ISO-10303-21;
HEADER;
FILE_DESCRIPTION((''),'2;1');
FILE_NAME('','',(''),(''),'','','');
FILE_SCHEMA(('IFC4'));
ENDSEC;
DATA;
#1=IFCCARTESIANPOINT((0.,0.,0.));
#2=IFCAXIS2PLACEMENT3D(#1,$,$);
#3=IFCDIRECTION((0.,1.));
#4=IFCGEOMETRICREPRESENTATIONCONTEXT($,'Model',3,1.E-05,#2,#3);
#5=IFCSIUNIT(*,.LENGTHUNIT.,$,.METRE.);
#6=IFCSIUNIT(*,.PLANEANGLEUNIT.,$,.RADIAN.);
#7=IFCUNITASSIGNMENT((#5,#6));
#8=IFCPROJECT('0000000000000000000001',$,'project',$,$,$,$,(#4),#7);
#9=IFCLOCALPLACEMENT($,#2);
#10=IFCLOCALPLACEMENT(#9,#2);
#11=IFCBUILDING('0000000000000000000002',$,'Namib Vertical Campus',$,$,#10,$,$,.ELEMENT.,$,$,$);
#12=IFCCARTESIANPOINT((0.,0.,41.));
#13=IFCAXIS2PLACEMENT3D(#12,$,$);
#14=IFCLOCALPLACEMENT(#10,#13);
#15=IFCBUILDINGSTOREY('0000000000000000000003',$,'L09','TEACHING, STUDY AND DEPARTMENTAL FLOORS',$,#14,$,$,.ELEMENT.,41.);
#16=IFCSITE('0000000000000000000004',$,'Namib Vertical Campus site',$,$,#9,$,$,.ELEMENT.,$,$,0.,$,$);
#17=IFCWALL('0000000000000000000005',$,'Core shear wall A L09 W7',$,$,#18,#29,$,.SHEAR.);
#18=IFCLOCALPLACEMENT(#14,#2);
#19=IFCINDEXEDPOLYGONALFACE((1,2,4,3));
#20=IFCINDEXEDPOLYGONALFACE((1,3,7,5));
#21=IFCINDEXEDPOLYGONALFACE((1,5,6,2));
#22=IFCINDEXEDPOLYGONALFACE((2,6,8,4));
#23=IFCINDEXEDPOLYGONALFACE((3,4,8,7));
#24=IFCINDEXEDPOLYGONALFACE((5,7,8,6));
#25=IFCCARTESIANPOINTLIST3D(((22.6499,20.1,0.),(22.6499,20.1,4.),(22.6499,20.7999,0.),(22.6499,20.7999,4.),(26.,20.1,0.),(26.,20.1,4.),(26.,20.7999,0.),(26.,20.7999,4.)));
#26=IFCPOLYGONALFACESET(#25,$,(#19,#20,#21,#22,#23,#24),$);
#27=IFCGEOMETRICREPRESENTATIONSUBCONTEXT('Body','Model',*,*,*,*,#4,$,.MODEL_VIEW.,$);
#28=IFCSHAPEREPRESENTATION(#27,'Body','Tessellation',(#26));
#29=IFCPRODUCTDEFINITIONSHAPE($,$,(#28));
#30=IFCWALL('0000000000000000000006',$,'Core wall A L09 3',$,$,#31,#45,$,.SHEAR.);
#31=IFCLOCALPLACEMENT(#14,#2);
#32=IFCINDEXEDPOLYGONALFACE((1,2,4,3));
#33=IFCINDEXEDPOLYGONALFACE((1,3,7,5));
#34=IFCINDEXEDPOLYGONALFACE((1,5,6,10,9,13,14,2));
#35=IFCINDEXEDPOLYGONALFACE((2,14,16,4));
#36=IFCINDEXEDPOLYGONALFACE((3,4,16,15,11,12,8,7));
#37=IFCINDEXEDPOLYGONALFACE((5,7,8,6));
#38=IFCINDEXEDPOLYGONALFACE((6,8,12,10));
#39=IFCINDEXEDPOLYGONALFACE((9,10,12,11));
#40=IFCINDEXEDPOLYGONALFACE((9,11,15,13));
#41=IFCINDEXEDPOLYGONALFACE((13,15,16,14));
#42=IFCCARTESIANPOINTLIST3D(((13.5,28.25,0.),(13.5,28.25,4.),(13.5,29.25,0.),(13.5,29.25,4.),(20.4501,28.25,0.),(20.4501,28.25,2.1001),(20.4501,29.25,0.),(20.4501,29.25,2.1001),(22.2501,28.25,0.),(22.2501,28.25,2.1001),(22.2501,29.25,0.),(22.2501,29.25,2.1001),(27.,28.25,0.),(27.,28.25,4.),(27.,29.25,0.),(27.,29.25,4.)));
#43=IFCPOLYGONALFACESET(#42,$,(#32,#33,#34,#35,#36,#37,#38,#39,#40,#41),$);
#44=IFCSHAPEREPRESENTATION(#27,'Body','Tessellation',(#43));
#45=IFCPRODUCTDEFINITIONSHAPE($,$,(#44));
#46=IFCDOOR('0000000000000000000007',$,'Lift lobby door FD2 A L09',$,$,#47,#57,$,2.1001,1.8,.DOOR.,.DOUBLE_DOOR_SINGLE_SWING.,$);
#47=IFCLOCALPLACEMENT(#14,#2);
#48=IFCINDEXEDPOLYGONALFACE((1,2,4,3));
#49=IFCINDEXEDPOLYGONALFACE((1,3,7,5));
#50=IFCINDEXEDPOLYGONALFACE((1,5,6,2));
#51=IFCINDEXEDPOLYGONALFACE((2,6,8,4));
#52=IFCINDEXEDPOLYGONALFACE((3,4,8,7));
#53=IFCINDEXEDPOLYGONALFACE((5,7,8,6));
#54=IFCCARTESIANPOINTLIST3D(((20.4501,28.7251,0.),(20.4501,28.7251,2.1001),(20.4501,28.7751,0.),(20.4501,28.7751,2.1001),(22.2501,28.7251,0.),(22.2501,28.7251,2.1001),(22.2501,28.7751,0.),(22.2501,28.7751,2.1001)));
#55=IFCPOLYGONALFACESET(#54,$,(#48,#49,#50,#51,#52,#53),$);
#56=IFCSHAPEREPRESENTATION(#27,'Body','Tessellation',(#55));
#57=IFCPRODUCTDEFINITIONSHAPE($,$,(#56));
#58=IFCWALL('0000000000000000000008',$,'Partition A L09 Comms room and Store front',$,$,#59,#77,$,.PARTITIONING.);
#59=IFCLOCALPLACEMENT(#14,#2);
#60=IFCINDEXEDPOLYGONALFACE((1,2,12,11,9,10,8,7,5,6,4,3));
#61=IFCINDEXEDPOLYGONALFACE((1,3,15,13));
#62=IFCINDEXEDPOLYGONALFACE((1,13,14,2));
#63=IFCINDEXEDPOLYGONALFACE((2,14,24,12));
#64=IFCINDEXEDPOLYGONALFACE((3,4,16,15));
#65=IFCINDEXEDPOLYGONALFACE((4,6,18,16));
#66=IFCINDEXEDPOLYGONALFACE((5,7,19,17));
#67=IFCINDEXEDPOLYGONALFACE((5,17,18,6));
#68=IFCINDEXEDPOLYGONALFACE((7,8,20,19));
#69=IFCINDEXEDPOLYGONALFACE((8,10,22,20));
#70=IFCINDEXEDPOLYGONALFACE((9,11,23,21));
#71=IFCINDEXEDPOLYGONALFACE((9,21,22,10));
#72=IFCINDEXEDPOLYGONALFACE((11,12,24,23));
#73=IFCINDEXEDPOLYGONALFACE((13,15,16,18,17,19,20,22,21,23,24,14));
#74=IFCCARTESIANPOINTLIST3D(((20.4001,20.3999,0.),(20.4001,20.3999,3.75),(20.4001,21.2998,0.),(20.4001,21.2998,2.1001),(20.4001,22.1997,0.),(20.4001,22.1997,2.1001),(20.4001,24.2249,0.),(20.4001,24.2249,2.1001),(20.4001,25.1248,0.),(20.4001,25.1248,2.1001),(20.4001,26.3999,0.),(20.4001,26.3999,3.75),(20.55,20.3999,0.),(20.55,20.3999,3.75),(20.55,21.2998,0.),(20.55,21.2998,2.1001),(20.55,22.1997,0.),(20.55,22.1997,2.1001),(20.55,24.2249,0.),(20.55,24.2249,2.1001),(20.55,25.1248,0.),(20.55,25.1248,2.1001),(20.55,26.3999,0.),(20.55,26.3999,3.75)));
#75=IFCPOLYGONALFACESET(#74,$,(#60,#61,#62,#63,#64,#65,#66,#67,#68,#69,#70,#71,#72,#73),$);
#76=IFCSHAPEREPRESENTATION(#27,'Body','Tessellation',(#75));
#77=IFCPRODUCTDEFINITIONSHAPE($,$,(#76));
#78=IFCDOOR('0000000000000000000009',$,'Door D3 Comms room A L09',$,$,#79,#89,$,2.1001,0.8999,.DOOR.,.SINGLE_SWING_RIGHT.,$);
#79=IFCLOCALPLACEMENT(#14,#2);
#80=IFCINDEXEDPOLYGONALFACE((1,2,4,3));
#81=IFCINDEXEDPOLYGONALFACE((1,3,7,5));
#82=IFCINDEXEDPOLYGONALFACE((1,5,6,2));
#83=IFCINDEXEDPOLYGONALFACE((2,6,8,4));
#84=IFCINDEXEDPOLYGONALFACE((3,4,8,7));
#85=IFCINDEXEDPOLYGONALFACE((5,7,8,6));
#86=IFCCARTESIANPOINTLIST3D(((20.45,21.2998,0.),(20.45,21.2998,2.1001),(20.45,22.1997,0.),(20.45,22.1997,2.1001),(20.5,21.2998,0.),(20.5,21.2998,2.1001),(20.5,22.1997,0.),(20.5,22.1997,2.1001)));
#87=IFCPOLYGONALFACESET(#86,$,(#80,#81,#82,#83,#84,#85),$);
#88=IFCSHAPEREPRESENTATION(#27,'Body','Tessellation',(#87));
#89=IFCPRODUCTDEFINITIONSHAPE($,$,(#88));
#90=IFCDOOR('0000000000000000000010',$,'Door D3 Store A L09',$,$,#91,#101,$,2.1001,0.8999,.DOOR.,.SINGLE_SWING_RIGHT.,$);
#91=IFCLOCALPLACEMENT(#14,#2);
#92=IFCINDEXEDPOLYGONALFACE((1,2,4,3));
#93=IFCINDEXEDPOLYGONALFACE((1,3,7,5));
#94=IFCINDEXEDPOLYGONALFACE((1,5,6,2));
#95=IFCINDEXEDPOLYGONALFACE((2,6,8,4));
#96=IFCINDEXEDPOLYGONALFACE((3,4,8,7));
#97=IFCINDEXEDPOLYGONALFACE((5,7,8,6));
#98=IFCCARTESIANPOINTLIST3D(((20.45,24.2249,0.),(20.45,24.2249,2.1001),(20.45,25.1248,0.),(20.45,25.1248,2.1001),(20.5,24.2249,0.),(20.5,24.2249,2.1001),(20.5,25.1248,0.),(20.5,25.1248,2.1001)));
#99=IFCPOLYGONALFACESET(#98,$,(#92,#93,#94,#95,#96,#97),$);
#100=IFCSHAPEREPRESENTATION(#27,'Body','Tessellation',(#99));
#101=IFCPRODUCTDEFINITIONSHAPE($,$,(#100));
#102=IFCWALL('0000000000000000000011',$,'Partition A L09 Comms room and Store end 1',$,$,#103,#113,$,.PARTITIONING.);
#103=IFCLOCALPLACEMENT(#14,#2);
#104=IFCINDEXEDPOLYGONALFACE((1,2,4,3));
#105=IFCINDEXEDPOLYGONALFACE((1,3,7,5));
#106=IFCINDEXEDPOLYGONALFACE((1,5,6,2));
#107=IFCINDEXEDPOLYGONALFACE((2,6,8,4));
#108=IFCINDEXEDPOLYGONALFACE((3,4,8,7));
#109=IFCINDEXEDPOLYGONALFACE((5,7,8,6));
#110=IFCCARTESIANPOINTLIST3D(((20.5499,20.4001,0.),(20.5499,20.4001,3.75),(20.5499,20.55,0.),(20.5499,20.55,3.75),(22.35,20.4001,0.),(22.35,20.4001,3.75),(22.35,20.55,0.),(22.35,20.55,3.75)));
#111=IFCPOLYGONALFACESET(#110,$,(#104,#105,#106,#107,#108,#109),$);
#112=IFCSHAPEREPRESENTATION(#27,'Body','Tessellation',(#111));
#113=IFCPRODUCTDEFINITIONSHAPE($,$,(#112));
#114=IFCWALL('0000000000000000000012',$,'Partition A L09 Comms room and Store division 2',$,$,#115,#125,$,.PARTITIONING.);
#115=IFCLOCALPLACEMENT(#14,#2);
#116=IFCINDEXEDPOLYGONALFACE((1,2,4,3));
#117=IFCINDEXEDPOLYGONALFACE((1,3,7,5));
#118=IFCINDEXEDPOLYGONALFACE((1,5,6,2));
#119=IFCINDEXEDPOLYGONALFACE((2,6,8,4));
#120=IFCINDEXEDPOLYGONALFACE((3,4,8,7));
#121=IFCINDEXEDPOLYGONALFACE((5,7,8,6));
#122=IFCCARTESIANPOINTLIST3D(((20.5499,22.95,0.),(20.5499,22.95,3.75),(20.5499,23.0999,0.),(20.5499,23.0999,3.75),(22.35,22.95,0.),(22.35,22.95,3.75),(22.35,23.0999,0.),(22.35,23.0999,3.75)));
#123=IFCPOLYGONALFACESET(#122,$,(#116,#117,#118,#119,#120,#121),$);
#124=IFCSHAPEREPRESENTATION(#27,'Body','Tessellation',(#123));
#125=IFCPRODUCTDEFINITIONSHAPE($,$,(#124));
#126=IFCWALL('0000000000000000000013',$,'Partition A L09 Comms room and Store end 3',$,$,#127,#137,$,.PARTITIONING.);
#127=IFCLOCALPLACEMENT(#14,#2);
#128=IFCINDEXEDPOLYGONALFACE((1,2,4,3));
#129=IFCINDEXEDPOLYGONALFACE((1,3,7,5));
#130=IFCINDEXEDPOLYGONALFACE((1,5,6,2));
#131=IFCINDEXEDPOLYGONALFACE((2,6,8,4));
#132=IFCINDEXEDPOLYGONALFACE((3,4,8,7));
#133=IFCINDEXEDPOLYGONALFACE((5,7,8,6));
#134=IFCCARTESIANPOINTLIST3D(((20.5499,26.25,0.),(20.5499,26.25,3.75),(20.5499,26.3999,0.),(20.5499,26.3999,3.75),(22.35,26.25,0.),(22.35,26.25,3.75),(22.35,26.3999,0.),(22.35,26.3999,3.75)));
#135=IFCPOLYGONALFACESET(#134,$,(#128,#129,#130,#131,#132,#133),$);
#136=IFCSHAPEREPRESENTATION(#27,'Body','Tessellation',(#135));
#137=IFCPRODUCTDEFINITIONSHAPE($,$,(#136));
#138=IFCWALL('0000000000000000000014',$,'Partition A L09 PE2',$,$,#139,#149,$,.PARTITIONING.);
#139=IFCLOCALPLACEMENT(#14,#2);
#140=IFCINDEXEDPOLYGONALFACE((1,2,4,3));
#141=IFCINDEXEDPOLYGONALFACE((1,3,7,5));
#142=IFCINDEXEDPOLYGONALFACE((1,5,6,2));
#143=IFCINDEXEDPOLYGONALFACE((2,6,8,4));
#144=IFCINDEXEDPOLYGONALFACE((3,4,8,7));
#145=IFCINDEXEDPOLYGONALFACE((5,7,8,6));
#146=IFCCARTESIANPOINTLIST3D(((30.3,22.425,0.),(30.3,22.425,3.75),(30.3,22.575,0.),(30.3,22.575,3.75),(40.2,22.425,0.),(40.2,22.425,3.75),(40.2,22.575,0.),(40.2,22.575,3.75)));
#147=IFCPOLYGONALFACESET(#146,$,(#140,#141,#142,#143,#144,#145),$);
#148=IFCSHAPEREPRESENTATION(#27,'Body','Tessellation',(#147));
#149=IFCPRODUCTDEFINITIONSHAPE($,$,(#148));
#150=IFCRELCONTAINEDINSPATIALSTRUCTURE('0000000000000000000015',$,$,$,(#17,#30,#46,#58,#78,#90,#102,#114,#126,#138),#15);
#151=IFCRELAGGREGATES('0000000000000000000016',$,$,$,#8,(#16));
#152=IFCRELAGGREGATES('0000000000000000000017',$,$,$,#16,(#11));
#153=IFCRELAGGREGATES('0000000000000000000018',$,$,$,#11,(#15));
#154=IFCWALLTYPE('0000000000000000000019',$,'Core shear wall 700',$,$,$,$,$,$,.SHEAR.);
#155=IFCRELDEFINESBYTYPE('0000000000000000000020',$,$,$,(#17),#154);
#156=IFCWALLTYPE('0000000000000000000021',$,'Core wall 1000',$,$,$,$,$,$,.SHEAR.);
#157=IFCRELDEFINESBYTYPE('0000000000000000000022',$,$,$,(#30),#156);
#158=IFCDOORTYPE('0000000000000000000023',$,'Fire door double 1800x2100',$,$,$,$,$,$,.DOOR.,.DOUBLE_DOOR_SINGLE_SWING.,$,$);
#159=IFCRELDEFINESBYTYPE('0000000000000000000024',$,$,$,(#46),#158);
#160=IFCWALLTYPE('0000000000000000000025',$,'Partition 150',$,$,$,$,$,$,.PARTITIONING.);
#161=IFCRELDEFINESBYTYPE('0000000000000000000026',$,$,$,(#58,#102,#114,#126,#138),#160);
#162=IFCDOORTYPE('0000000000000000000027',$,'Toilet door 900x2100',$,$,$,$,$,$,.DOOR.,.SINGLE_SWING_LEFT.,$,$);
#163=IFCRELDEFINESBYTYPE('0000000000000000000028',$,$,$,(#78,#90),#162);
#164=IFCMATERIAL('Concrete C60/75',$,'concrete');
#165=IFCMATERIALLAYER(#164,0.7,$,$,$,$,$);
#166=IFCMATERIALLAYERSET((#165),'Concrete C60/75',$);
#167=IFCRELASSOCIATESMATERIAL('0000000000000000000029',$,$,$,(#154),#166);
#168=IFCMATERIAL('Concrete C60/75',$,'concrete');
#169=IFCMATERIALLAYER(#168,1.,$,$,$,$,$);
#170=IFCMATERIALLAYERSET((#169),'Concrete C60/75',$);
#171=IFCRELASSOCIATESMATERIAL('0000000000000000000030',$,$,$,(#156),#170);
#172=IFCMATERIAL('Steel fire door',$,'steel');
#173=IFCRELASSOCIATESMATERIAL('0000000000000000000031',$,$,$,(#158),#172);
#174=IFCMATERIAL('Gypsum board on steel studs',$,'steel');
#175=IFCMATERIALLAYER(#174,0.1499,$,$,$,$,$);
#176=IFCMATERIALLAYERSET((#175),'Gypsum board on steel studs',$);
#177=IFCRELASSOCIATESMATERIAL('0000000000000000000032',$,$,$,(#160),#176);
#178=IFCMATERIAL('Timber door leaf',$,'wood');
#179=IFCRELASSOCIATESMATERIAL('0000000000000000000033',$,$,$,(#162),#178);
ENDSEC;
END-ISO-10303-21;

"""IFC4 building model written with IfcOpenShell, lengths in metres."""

from ifc_helpers import new_model, si_unit, direction, frame, frame_2d, origin, place, context, subcontext, project, spatial, rectangle, extrude, material, layer, layer_set, type_object, element, fill, save


model = new_model("IFC4")

# Units and contexts
model_context = context("Model", 3, precision=1e-05, world=origin(), true_north=direction((0.0, 1.0)))
body_context = subcontext(model_context, "Body", "Model", "MODEL_VIEW")
ifc_project = project(units=[si_unit("LENGTHUNIT", "METRE"), si_unit("PLANEANGLEUNIT", "RADIAN")], contexts=[model_context])

# Site, building, storey
site_placement = place(None, origin())
site = spatial("IfcSite", under=ifc_project, at=site_placement, Name="Namib Vertical Campus site", CompositionType="ELEMENT", RefElevation=0.0)
building_placement = place(site_placement, origin())
building = spatial("IfcBuilding", under=site, at=building_placement, Name="Namib Vertical Campus", CompositionType="ELEMENT")
storey_placement = place(building_placement, frame((0.0, 0.0, 41.0)))
storey = spatial("IfcBuildingStorey", under=building, at=storey_placement, Name="L09", Description="TEACHING, STUDY AND DEPARTMENTAL FLOORS", CompositionType="ELEMENT", Elevation=41.0)

# Wall
ifc_material_1 = material(Name="Concrete C60/75", Category="concrete")
ifc_layer_1 = layer(ifc_material_1, 0.7)
ifc_layer_set_1 = layer_set([ifc_layer_1], Name="Concrete C60/75")
wall_type_1 = type_object("IfcWallType", Name="Core shear wall 700", PredefinedType="SHEAR", material=ifc_layer_set_1)
wall_1_placement = place(storey_placement, frame((22.6499, 20.45, 0.0), z_axis=(0.0, 0.0, 1.0), x_axis=(1.0, 0.0, 0.0)))
element("IfcWall", 1, at=wall_1_placement, inside=storey, type_object=wall_type_1, Name="Core shear wall A L09 W7", PredefinedType="SHEAR", context=body_context, shape_type="SweptSolid", body=[
    extrude(rectangle(XDim=3.3501, YDim=0.7, at=frame_2d((1.675, 0.0))), origin(), (0.0, 0.0, 1.0), 4.0),
])

# Wall, opening, door
ifc_material_2 = material(Name="Concrete C60/75", Category="concrete")
ifc_layer_2 = layer(ifc_material_2, 1.0)
ifc_layer_set_2 = layer_set([ifc_layer_2], Name="Concrete C60/75")
wall_type_2 = type_object("IfcWallType", Name="Core wall 1000", PredefinedType="SHEAR", material=ifc_layer_set_2)
wall_2_placement = place(storey_placement, frame((27.0, 28.75, 0.0), z_axis=(0.0, 0.0, 1.0), x_axis=(-1.0, 0.0, 0.0)))
wall_2 = element("IfcWall", 2, at=wall_2_placement, inside=storey, type_object=wall_type_2, Name="Core wall A L09 3", PredefinedType="SHEAR", context=body_context, shape_type="SweptSolid", body=[
    extrude(rectangle(XDim=13.5, YDim=1.0, at=frame_2d((6.75, 0.0))), origin(), (0.0, 0.0, 1.0), 4.0),
])
opening_1_placement = place(wall_2_placement, frame((4.75, 0.0, 0.0)))
opening_1 = element("IfcOpeningElement", 3, at=opening_1_placement, cuts=wall_2, PredefinedType="OPENING", context=body_context, shape_type="SweptSolid", body=[
    extrude(rectangle(XDim=1.8, YDim=2.1001, at=frame_2d((0.8999, 1.05))), frame((0.0, 0.51, 0.0), z_axis=(0.0, -1.0, 0.0), x_axis=(1.0, 0.0, 0.0)), (0.0, 0.0, 1.0), 1.02),
])
ifc_material_3 = material(Name="Steel fire door", Category="steel")
door_type_1 = type_object("IfcDoorType", Name="Fire door double 1800x2100", OperationType="DOUBLE_DOOR_SINGLE_SWING", PredefinedType="DOOR", material=ifc_material_3)
door_1_placement = place(opening_1_placement, origin())
door_1 = element("IfcDoor", 4, at=door_1_placement, inside=storey, type_object=door_type_1, Name="Lift lobby door FD2 A L09", OperationType="DOUBLE_DOOR_SINGLE_SWING", OverallHeight=2.1001, OverallWidth=1.8, PredefinedType="DOOR", context=body_context, shape_type="SweptSolid", body=[
    extrude(rectangle(XDim=1.8, YDim=2.1001, at=frame_2d((0.8999, 1.05))), frame((0.0, 0.0249, 0.0), z_axis=(0.0, -1.0, 0.0), x_axis=(1.0, 0.0, 0.0)), (0.0, 0.0, 1.0), 0.05),
])
fill(opening_1, door_1)

# Wall, openings, doors
ifc_material_4 = material(Name="Gypsum board on steel studs", Category="steel")
ifc_layer_3 = layer(ifc_material_4, 0.1499)
ifc_layer_set_3 = layer_set([ifc_layer_3], Name="Gypsum board on steel studs")
wall_type_3 = type_object("IfcWallType", Name="Partition 150", PredefinedType="PARTITIONING", material=ifc_layer_set_3)
wall_3_placement = place(storey_placement, frame((20.4751, 20.3999, 0.0), z_axis=(0.0, 0.0, 1.0), x_axis=(0.0, 1.0, 0.0)))
wall_3 = element("IfcWall", 5, at=wall_3_placement, inside=storey, type_object=wall_type_3, Name="Partition A L09 Comms room and Store front", PredefinedType="PARTITIONING", context=body_context, shape_type="SweptSolid", body=[
    extrude(rectangle(XDim=6.0, YDim=0.1499, at=frame_2d((3.0, 0.0))), origin(), (0.0, 0.0, 1.0), 3.75),
])
opening_2_placement = place(wall_3_placement, frame((0.8999, 0.0, 0.0)))
opening_2 = element("IfcOpeningElement", 6, at=opening_2_placement, cuts=wall_3, PredefinedType="OPENING", context=body_context, shape_type="SweptSolid", body=[
    extrude(rectangle(XDim=0.8999, YDim=2.1001, at=frame_2d((0.45, 1.05))), frame((0.0, 0.085, 0.0), z_axis=(0.0, -1.0, 0.0), x_axis=(1.0, 0.0, 0.0)), (0.0, 0.0, 1.0), 0.1699),
])
opening_3_placement = place(wall_3_placement, frame((3.825, 0.0, 0.0)))
opening_3 = element("IfcOpeningElement", 7, at=opening_3_placement, cuts=wall_3, PredefinedType="OPENING", context=body_context, shape_type="SweptSolid", body=[
    extrude(rectangle(XDim=0.8999, YDim=2.1001, at=frame_2d((0.45, 1.05))), frame((0.0, 0.085, 0.0), z_axis=(0.0, -1.0, 0.0), x_axis=(1.0, 0.0, 0.0)), (0.0, 0.0, 1.0), 0.1699),
])
ifc_material_5 = material(Name="Timber door leaf", Category="wood")
door_type_2 = type_object("IfcDoorType", Name="Toilet door 900x2100", OperationType="SINGLE_SWING_LEFT", PredefinedType="DOOR", material=ifc_material_5)
door_2_placement = place(opening_2_placement, frame((0.8999, 0.0, 0.0), z_axis=(0.0, 0.0, 1.0), x_axis=(-1.0, 0.0, 0.0)))
door_2 = element("IfcDoor", 8, at=door_2_placement, inside=storey, type_object=door_type_2, Name="Door D3 Comms room A L09", OperationType="SINGLE_SWING_RIGHT", OverallHeight=2.1001, OverallWidth=0.8999, PredefinedType="DOOR", context=body_context, shape_type="SweptSolid", body=[
    extrude(rectangle(XDim=0.8999, YDim=2.1001, at=frame_2d((0.45, 1.05))), frame((0.0, 0.0249, 0.0), z_axis=(0.0, -1.0, 0.0), x_axis=(1.0, 0.0, 0.0)), (0.0, 0.0, 1.0), 0.05),
])
fill(opening_2, door_2)
door_3_placement = place(opening_3_placement, frame((0.8999, 0.0, 0.0), z_axis=(0.0, 0.0, 1.0), x_axis=(-1.0, 0.0, 0.0)))
door_3 = element("IfcDoor", 9, at=door_3_placement, inside=storey, type_object=door_type_2, Name="Door D3 Store A L09", OperationType="SINGLE_SWING_RIGHT", OverallHeight=2.1001, OverallWidth=0.8999, PredefinedType="DOOR", context=body_context, shape_type="SweptSolid", body=[
    extrude(rectangle(XDim=0.8999, YDim=2.1001, at=frame_2d((0.45, 1.05))), frame((0.0, 0.0249, 0.0), z_axis=(0.0, -1.0, 0.0), x_axis=(1.0, 0.0, 0.0)), (0.0, 0.0, 1.0), 0.05),
])
fill(opening_3, door_3)

# Walls
for number, where, z_axis, x_axis, name in (
    (10, (20.55, 20.4751, 0.0), (0.0, 0.0, 1.0), (1.0, 0.0, 0.0), "Partition A L09 Comms room and Store end 1"),
    (11, (20.55, 23.0249, 0.0), (0.0, 0.0, 1.0), (1.0, 0.0, 0.0), "Partition A L09 Comms room and Store division 2"),
    (12, (20.55, 26.325, 0.0), (0.0, 0.0, 1.0), (1.0, 0.0, 0.0), "Partition A L09 Comms room and Store end 3"),
):
    element("IfcWall", number, at=place(storey_placement, frame(where, z_axis=z_axis, x_axis=x_axis)), inside=storey, type_object=wall_type_3, Name=name, PredefinedType="PARTITIONING", context=body_context, shape_type="SweptSolid", body=[
        extrude(rectangle(XDim=1.8, YDim=0.1499, at=frame_2d((0.8999, 0.0))), origin(), (0.0, 0.0, 1.0), 3.75),
    ])
wall_4_placement = place(storey_placement, frame((30.3, 22.5, 0.0), z_axis=(0.0, 0.0, 1.0), x_axis=(1.0, 0.0, 0.0)))
element("IfcWall", 13, at=wall_4_placement, inside=storey, type_object=wall_type_3, Name="Partition A L09 PE2", PredefinedType="PARTITIONING", context=body_context, shape_type="SweptSolid", body=[
    extrude(rectangle(XDim=9.8999, YDim=0.1499, at=frame_2d((4.95, 0.0))), origin(), (0.0, 0.0, 1.0), 3.75),
])

save(model, "model.ifc")
